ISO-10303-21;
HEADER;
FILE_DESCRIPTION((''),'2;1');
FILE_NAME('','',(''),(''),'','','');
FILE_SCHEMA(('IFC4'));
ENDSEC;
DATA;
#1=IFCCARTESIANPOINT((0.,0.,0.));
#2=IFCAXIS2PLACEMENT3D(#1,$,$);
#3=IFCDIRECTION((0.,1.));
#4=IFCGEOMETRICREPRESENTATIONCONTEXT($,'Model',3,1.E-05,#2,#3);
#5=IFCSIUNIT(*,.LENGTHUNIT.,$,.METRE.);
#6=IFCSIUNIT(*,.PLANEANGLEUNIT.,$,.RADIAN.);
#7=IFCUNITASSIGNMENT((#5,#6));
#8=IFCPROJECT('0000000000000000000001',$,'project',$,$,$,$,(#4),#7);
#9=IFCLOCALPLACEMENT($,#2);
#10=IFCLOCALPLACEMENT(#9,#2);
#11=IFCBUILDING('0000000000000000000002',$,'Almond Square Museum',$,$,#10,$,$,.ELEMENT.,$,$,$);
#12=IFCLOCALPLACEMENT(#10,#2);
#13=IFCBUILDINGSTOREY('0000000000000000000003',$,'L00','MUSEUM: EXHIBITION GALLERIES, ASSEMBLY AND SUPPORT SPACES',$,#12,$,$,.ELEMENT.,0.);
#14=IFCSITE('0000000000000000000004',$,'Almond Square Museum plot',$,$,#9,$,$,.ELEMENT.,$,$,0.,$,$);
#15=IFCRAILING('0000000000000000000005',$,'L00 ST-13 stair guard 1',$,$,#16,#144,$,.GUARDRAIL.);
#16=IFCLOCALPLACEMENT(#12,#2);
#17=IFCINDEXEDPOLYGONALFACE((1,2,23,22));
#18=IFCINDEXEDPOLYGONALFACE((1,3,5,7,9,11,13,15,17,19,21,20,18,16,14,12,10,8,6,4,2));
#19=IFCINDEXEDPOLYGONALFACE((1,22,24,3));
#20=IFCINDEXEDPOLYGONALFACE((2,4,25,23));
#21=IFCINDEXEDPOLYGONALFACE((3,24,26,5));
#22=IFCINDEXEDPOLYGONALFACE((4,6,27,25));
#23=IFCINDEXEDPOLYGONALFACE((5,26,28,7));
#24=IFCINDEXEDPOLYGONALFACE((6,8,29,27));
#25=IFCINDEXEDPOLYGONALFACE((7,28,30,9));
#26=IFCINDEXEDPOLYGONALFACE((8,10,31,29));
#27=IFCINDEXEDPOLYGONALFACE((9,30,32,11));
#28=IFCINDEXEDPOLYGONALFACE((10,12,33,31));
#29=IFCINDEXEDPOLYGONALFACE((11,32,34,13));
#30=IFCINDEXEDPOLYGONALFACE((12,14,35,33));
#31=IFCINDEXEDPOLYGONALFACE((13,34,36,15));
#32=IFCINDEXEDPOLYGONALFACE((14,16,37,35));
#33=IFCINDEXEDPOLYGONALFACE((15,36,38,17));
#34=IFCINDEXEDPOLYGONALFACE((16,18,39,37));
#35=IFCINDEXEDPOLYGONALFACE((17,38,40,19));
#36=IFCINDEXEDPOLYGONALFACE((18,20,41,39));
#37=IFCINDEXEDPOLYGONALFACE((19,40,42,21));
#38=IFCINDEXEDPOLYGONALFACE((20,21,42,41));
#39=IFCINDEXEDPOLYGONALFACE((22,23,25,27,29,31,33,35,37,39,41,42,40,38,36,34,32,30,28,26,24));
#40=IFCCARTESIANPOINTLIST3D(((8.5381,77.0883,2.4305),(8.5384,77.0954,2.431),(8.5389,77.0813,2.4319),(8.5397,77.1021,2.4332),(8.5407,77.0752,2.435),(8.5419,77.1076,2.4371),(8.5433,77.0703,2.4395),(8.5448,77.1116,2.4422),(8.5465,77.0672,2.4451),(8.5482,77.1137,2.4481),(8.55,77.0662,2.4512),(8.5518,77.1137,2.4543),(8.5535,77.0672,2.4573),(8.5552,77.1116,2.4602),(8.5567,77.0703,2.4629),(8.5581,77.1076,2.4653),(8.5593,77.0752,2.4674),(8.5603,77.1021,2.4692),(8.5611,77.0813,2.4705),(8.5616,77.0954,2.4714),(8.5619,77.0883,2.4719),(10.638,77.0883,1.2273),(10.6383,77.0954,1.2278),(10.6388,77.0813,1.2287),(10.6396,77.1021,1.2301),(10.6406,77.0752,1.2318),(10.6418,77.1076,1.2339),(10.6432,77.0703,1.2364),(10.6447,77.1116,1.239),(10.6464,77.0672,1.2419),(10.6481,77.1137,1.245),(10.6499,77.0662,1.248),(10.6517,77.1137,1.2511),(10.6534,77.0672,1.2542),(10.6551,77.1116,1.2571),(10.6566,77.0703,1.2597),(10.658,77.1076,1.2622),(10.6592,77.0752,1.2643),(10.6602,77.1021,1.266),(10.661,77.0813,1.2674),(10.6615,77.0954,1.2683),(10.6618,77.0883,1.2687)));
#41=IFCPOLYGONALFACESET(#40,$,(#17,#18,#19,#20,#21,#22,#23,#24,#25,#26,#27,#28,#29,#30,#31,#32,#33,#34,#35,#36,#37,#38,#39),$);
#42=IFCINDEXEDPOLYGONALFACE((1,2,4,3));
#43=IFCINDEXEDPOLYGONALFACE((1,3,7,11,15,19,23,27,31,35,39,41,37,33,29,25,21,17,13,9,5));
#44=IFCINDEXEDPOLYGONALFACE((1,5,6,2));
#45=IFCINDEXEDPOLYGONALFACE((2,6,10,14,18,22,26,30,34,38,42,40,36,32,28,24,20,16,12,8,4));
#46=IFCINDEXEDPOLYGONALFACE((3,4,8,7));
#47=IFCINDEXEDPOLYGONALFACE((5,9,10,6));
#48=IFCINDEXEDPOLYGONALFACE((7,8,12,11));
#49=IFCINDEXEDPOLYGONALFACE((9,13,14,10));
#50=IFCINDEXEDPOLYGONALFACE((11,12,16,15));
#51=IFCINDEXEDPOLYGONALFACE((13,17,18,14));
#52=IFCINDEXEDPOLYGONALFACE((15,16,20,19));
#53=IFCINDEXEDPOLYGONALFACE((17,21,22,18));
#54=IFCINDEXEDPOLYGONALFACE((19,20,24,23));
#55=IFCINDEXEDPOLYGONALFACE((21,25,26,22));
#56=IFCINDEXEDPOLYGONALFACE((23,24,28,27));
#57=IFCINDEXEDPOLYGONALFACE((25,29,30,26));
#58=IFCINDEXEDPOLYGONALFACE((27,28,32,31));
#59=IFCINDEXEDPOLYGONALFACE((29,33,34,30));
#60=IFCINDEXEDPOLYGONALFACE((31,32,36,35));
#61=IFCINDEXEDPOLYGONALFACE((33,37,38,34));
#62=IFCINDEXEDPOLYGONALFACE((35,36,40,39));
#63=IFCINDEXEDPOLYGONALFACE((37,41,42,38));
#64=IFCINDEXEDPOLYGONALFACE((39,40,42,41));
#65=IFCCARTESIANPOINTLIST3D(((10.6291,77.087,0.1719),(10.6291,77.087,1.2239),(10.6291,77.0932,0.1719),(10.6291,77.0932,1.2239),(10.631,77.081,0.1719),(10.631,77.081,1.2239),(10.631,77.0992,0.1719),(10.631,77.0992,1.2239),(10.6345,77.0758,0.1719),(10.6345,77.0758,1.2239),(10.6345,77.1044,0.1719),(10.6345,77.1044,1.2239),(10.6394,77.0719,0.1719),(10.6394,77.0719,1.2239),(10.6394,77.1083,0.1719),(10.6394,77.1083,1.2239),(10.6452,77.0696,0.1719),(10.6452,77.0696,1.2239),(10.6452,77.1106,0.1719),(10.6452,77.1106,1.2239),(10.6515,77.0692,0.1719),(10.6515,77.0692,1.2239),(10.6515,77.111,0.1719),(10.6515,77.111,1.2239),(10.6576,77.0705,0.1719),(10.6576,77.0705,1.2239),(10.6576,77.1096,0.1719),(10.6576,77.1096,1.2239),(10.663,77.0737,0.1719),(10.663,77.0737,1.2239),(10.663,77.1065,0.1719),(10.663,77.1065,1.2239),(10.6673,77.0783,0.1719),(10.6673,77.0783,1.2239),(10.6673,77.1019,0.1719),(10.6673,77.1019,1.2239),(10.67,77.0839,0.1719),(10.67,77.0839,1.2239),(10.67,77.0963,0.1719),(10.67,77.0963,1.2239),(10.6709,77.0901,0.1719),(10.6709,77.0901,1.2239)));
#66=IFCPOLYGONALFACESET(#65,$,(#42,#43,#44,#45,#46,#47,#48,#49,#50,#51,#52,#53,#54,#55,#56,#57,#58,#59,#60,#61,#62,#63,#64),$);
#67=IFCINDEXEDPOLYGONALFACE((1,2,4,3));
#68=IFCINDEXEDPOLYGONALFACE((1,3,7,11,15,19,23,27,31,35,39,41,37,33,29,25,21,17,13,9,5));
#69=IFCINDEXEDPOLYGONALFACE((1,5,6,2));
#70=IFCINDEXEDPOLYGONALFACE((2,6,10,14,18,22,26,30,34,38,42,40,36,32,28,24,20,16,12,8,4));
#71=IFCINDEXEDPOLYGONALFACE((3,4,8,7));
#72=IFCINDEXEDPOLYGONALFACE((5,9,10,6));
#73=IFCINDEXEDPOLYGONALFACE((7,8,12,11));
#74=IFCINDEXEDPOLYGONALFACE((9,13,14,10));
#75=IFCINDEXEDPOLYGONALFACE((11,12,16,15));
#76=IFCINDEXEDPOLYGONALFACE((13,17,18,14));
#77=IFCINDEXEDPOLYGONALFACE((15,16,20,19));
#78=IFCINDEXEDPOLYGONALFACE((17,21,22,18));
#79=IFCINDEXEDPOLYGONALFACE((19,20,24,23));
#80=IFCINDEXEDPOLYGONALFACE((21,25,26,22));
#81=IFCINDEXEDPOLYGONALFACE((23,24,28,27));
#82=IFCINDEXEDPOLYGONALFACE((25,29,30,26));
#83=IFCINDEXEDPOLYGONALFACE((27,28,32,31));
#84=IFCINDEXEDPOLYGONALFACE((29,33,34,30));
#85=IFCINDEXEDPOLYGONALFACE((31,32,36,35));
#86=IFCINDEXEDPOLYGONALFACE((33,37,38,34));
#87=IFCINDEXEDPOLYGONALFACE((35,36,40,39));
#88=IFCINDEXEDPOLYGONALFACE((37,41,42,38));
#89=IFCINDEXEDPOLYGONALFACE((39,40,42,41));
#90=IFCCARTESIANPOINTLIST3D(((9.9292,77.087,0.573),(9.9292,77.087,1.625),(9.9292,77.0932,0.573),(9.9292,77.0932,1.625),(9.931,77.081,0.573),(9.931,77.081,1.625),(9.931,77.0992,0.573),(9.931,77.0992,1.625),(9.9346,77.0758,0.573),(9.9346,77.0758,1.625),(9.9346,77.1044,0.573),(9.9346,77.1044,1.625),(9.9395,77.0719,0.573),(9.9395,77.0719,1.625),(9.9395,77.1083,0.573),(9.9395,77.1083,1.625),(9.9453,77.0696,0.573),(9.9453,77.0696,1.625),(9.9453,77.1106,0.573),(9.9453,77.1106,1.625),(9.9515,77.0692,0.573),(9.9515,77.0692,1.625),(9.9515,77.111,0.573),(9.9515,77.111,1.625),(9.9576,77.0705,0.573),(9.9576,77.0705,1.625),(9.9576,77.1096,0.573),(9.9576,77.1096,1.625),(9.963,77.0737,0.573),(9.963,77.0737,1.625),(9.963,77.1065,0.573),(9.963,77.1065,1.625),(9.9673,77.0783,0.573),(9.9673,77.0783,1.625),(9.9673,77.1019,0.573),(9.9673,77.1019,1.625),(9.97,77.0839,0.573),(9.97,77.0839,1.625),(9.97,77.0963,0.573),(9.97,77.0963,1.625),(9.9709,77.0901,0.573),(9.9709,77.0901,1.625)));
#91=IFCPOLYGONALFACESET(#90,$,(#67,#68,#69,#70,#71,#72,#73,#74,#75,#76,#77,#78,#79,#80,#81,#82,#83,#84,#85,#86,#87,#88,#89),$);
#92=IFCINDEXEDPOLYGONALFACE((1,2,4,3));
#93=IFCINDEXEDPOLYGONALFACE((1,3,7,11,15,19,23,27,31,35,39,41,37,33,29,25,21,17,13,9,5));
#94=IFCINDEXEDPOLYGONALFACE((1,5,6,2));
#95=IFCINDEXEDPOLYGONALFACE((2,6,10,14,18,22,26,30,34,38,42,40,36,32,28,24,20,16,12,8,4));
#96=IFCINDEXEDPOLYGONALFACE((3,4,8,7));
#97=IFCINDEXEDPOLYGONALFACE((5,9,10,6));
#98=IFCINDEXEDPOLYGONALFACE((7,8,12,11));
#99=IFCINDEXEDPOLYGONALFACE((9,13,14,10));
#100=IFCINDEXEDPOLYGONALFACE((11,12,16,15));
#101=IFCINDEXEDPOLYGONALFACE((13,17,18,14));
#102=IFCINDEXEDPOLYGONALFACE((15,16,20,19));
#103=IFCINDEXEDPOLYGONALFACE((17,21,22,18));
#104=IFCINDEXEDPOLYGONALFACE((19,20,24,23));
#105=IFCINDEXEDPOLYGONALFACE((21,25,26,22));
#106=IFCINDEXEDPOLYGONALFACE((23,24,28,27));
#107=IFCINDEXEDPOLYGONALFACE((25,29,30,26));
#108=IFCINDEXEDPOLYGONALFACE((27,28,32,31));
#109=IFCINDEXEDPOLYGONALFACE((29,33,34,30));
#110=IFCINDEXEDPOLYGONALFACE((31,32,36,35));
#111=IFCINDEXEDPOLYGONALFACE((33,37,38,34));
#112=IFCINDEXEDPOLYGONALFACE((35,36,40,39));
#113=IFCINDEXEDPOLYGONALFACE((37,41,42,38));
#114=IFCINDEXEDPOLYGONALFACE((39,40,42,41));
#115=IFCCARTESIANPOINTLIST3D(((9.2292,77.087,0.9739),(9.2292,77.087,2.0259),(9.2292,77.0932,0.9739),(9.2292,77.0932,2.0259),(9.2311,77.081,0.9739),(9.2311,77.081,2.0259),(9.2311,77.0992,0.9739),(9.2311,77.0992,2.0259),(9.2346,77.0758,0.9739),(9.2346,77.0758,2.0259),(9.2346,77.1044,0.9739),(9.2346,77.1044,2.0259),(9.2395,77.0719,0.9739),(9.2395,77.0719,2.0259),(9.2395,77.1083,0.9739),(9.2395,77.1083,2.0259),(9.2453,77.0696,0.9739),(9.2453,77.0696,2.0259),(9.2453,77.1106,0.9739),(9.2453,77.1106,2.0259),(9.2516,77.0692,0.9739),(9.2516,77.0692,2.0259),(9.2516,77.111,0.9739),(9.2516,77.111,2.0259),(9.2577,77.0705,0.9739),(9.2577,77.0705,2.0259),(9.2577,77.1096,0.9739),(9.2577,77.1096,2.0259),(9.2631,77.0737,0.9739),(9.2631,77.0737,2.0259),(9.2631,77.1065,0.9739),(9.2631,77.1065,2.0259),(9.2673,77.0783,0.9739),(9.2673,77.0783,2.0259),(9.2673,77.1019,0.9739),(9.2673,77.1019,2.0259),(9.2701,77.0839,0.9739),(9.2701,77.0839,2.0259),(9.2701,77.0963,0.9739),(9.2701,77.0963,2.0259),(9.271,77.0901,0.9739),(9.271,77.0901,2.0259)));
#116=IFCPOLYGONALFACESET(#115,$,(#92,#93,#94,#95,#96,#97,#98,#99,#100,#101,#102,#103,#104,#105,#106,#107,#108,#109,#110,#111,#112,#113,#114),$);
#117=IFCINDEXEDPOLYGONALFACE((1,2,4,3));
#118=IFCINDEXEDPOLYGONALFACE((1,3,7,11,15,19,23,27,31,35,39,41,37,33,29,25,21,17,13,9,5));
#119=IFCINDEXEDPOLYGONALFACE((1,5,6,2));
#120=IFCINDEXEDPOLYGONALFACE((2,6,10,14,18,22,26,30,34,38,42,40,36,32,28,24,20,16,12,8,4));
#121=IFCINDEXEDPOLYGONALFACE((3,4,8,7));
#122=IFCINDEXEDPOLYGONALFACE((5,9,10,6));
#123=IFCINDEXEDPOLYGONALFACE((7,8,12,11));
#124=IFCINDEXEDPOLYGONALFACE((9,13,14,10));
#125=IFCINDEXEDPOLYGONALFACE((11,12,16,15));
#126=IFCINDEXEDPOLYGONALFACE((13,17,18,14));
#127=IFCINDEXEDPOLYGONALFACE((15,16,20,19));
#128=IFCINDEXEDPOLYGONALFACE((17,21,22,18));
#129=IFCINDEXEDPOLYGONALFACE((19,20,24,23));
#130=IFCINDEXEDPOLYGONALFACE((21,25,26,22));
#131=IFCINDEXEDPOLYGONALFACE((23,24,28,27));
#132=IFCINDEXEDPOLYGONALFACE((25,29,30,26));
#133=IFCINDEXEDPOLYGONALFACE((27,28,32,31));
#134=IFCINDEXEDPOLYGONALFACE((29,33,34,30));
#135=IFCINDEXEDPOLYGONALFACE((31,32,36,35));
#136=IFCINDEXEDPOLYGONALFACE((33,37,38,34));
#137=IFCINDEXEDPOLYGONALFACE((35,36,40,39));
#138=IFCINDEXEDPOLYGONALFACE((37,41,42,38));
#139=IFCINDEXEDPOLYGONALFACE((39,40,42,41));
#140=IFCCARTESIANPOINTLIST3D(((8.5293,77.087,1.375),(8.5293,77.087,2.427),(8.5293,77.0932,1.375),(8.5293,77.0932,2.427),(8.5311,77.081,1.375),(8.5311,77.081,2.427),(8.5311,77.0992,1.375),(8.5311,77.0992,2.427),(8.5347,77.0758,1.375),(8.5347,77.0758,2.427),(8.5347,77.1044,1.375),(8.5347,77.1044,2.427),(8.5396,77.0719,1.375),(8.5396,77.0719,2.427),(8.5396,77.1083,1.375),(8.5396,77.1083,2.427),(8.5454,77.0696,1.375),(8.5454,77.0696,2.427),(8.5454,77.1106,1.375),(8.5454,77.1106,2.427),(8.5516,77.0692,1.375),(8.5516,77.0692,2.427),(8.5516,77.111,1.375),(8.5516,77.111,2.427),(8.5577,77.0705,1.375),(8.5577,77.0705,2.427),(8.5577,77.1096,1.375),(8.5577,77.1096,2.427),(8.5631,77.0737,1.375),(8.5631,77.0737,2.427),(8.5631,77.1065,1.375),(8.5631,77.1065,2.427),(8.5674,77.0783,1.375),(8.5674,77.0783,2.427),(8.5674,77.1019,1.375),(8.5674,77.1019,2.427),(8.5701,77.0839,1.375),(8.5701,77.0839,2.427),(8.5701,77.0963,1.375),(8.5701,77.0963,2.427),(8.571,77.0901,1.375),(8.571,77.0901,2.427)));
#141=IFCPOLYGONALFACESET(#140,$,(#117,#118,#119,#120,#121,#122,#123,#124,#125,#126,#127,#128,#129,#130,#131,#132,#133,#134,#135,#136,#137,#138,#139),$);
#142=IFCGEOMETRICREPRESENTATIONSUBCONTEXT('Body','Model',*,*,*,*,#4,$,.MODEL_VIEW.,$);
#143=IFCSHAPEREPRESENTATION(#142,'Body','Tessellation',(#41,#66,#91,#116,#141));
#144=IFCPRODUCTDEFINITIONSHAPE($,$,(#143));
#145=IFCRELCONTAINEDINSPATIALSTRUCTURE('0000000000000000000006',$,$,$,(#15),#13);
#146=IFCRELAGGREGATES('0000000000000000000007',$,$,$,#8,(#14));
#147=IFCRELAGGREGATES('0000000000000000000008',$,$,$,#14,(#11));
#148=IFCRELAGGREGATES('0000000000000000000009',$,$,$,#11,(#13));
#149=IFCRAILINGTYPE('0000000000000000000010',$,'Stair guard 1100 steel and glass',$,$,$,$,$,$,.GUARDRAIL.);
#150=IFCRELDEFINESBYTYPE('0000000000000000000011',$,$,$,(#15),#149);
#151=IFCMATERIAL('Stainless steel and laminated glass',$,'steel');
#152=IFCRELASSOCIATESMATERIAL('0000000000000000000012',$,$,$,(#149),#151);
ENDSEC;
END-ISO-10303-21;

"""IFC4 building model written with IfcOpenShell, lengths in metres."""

from ifc_helpers import new_model, si_unit, direction, frame, origin, origin_2d, place, context, subcontext, project, spatial, circle, extrude, material, type_object, element, save


model = new_model("IFC4")

# Units and contexts
model_context = context("Model", 3, precision=1e-05, world=origin(), true_north=direction((0.0, 1.0)))
body_context = subcontext(model_context, "Body", "Model", "MODEL_VIEW")
ifc_project = project(units=[si_unit("LENGTHUNIT", "METRE"), si_unit("PLANEANGLEUNIT", "RADIAN")], contexts=[model_context])

# Site, building, storey
site_placement = place(None, origin())
site = spatial("IfcSite", under=ifc_project, at=site_placement, Name="Almond Square Museum plot", CompositionType="ELEMENT", RefElevation=0.0)
building_placement = place(site_placement, origin())
building = spatial("IfcBuilding", under=site, at=building_placement, Name="Almond Square Museum", CompositionType="ELEMENT")
storey_placement = place(building_placement, origin())
storey = spatial("IfcBuildingStorey", under=building, at=storey_placement, Name="L00", Description="MUSEUM: EXHIBITION GALLERIES, ASSEMBLY AND SUPPORT SPACES", CompositionType="ELEMENT", Elevation=0.0)

# Railing
ifc_material_1 = material(Name="Stainless steel and laminated glass", Category="steel")
railing_type_1 = type_object("IfcRailingType", Name="Stair guard 1100 steel and glass", PredefinedType="GUARDRAIL", material=ifc_material_1)
railing_1_placement = place(storey_placement, frame((10.6499, 77.0901, 0.1719)))
element("IfcRailing", 1, at=railing_1_placement, inside=storey, type_object=railing_type_1, Name="L00 ST-13 stair guard 1", PredefinedType="GUARDRAIL", context=body_context, shape_type="SweptSolid", body=[
    extrude(circle(Radius=0.0239, at=origin_2d()), frame((0.0, 0.0, 1.0762), z_axis=(-0.867671, 0.0, 0.497138), x_axis=(0.0, -1.0, 0.0)), (0.0, 0.0, 1.0), 2.4202),
    extrude(circle(Radius=0.021, at=origin_2d()), origin(), (0.0, 0.0, 1.0), 1.052),
    extrude(circle(Radius=0.021, at=origin_2d()), frame((-0.7, 0.0, 0.4011)), (0.0, 0.0, 1.0), 1.052),
    extrude(circle(Radius=0.021, at=origin_2d()), frame((-1.3999, 0.0, 0.802)), (0.0, 0.0, 1.0), 1.052),
    extrude(circle(Radius=0.021, at=origin_2d()), frame((-2.0999, 0.0, 1.2031)), (0.0, 0.0, 1.0), 1.052),
])

save(model, "model.ifc")
